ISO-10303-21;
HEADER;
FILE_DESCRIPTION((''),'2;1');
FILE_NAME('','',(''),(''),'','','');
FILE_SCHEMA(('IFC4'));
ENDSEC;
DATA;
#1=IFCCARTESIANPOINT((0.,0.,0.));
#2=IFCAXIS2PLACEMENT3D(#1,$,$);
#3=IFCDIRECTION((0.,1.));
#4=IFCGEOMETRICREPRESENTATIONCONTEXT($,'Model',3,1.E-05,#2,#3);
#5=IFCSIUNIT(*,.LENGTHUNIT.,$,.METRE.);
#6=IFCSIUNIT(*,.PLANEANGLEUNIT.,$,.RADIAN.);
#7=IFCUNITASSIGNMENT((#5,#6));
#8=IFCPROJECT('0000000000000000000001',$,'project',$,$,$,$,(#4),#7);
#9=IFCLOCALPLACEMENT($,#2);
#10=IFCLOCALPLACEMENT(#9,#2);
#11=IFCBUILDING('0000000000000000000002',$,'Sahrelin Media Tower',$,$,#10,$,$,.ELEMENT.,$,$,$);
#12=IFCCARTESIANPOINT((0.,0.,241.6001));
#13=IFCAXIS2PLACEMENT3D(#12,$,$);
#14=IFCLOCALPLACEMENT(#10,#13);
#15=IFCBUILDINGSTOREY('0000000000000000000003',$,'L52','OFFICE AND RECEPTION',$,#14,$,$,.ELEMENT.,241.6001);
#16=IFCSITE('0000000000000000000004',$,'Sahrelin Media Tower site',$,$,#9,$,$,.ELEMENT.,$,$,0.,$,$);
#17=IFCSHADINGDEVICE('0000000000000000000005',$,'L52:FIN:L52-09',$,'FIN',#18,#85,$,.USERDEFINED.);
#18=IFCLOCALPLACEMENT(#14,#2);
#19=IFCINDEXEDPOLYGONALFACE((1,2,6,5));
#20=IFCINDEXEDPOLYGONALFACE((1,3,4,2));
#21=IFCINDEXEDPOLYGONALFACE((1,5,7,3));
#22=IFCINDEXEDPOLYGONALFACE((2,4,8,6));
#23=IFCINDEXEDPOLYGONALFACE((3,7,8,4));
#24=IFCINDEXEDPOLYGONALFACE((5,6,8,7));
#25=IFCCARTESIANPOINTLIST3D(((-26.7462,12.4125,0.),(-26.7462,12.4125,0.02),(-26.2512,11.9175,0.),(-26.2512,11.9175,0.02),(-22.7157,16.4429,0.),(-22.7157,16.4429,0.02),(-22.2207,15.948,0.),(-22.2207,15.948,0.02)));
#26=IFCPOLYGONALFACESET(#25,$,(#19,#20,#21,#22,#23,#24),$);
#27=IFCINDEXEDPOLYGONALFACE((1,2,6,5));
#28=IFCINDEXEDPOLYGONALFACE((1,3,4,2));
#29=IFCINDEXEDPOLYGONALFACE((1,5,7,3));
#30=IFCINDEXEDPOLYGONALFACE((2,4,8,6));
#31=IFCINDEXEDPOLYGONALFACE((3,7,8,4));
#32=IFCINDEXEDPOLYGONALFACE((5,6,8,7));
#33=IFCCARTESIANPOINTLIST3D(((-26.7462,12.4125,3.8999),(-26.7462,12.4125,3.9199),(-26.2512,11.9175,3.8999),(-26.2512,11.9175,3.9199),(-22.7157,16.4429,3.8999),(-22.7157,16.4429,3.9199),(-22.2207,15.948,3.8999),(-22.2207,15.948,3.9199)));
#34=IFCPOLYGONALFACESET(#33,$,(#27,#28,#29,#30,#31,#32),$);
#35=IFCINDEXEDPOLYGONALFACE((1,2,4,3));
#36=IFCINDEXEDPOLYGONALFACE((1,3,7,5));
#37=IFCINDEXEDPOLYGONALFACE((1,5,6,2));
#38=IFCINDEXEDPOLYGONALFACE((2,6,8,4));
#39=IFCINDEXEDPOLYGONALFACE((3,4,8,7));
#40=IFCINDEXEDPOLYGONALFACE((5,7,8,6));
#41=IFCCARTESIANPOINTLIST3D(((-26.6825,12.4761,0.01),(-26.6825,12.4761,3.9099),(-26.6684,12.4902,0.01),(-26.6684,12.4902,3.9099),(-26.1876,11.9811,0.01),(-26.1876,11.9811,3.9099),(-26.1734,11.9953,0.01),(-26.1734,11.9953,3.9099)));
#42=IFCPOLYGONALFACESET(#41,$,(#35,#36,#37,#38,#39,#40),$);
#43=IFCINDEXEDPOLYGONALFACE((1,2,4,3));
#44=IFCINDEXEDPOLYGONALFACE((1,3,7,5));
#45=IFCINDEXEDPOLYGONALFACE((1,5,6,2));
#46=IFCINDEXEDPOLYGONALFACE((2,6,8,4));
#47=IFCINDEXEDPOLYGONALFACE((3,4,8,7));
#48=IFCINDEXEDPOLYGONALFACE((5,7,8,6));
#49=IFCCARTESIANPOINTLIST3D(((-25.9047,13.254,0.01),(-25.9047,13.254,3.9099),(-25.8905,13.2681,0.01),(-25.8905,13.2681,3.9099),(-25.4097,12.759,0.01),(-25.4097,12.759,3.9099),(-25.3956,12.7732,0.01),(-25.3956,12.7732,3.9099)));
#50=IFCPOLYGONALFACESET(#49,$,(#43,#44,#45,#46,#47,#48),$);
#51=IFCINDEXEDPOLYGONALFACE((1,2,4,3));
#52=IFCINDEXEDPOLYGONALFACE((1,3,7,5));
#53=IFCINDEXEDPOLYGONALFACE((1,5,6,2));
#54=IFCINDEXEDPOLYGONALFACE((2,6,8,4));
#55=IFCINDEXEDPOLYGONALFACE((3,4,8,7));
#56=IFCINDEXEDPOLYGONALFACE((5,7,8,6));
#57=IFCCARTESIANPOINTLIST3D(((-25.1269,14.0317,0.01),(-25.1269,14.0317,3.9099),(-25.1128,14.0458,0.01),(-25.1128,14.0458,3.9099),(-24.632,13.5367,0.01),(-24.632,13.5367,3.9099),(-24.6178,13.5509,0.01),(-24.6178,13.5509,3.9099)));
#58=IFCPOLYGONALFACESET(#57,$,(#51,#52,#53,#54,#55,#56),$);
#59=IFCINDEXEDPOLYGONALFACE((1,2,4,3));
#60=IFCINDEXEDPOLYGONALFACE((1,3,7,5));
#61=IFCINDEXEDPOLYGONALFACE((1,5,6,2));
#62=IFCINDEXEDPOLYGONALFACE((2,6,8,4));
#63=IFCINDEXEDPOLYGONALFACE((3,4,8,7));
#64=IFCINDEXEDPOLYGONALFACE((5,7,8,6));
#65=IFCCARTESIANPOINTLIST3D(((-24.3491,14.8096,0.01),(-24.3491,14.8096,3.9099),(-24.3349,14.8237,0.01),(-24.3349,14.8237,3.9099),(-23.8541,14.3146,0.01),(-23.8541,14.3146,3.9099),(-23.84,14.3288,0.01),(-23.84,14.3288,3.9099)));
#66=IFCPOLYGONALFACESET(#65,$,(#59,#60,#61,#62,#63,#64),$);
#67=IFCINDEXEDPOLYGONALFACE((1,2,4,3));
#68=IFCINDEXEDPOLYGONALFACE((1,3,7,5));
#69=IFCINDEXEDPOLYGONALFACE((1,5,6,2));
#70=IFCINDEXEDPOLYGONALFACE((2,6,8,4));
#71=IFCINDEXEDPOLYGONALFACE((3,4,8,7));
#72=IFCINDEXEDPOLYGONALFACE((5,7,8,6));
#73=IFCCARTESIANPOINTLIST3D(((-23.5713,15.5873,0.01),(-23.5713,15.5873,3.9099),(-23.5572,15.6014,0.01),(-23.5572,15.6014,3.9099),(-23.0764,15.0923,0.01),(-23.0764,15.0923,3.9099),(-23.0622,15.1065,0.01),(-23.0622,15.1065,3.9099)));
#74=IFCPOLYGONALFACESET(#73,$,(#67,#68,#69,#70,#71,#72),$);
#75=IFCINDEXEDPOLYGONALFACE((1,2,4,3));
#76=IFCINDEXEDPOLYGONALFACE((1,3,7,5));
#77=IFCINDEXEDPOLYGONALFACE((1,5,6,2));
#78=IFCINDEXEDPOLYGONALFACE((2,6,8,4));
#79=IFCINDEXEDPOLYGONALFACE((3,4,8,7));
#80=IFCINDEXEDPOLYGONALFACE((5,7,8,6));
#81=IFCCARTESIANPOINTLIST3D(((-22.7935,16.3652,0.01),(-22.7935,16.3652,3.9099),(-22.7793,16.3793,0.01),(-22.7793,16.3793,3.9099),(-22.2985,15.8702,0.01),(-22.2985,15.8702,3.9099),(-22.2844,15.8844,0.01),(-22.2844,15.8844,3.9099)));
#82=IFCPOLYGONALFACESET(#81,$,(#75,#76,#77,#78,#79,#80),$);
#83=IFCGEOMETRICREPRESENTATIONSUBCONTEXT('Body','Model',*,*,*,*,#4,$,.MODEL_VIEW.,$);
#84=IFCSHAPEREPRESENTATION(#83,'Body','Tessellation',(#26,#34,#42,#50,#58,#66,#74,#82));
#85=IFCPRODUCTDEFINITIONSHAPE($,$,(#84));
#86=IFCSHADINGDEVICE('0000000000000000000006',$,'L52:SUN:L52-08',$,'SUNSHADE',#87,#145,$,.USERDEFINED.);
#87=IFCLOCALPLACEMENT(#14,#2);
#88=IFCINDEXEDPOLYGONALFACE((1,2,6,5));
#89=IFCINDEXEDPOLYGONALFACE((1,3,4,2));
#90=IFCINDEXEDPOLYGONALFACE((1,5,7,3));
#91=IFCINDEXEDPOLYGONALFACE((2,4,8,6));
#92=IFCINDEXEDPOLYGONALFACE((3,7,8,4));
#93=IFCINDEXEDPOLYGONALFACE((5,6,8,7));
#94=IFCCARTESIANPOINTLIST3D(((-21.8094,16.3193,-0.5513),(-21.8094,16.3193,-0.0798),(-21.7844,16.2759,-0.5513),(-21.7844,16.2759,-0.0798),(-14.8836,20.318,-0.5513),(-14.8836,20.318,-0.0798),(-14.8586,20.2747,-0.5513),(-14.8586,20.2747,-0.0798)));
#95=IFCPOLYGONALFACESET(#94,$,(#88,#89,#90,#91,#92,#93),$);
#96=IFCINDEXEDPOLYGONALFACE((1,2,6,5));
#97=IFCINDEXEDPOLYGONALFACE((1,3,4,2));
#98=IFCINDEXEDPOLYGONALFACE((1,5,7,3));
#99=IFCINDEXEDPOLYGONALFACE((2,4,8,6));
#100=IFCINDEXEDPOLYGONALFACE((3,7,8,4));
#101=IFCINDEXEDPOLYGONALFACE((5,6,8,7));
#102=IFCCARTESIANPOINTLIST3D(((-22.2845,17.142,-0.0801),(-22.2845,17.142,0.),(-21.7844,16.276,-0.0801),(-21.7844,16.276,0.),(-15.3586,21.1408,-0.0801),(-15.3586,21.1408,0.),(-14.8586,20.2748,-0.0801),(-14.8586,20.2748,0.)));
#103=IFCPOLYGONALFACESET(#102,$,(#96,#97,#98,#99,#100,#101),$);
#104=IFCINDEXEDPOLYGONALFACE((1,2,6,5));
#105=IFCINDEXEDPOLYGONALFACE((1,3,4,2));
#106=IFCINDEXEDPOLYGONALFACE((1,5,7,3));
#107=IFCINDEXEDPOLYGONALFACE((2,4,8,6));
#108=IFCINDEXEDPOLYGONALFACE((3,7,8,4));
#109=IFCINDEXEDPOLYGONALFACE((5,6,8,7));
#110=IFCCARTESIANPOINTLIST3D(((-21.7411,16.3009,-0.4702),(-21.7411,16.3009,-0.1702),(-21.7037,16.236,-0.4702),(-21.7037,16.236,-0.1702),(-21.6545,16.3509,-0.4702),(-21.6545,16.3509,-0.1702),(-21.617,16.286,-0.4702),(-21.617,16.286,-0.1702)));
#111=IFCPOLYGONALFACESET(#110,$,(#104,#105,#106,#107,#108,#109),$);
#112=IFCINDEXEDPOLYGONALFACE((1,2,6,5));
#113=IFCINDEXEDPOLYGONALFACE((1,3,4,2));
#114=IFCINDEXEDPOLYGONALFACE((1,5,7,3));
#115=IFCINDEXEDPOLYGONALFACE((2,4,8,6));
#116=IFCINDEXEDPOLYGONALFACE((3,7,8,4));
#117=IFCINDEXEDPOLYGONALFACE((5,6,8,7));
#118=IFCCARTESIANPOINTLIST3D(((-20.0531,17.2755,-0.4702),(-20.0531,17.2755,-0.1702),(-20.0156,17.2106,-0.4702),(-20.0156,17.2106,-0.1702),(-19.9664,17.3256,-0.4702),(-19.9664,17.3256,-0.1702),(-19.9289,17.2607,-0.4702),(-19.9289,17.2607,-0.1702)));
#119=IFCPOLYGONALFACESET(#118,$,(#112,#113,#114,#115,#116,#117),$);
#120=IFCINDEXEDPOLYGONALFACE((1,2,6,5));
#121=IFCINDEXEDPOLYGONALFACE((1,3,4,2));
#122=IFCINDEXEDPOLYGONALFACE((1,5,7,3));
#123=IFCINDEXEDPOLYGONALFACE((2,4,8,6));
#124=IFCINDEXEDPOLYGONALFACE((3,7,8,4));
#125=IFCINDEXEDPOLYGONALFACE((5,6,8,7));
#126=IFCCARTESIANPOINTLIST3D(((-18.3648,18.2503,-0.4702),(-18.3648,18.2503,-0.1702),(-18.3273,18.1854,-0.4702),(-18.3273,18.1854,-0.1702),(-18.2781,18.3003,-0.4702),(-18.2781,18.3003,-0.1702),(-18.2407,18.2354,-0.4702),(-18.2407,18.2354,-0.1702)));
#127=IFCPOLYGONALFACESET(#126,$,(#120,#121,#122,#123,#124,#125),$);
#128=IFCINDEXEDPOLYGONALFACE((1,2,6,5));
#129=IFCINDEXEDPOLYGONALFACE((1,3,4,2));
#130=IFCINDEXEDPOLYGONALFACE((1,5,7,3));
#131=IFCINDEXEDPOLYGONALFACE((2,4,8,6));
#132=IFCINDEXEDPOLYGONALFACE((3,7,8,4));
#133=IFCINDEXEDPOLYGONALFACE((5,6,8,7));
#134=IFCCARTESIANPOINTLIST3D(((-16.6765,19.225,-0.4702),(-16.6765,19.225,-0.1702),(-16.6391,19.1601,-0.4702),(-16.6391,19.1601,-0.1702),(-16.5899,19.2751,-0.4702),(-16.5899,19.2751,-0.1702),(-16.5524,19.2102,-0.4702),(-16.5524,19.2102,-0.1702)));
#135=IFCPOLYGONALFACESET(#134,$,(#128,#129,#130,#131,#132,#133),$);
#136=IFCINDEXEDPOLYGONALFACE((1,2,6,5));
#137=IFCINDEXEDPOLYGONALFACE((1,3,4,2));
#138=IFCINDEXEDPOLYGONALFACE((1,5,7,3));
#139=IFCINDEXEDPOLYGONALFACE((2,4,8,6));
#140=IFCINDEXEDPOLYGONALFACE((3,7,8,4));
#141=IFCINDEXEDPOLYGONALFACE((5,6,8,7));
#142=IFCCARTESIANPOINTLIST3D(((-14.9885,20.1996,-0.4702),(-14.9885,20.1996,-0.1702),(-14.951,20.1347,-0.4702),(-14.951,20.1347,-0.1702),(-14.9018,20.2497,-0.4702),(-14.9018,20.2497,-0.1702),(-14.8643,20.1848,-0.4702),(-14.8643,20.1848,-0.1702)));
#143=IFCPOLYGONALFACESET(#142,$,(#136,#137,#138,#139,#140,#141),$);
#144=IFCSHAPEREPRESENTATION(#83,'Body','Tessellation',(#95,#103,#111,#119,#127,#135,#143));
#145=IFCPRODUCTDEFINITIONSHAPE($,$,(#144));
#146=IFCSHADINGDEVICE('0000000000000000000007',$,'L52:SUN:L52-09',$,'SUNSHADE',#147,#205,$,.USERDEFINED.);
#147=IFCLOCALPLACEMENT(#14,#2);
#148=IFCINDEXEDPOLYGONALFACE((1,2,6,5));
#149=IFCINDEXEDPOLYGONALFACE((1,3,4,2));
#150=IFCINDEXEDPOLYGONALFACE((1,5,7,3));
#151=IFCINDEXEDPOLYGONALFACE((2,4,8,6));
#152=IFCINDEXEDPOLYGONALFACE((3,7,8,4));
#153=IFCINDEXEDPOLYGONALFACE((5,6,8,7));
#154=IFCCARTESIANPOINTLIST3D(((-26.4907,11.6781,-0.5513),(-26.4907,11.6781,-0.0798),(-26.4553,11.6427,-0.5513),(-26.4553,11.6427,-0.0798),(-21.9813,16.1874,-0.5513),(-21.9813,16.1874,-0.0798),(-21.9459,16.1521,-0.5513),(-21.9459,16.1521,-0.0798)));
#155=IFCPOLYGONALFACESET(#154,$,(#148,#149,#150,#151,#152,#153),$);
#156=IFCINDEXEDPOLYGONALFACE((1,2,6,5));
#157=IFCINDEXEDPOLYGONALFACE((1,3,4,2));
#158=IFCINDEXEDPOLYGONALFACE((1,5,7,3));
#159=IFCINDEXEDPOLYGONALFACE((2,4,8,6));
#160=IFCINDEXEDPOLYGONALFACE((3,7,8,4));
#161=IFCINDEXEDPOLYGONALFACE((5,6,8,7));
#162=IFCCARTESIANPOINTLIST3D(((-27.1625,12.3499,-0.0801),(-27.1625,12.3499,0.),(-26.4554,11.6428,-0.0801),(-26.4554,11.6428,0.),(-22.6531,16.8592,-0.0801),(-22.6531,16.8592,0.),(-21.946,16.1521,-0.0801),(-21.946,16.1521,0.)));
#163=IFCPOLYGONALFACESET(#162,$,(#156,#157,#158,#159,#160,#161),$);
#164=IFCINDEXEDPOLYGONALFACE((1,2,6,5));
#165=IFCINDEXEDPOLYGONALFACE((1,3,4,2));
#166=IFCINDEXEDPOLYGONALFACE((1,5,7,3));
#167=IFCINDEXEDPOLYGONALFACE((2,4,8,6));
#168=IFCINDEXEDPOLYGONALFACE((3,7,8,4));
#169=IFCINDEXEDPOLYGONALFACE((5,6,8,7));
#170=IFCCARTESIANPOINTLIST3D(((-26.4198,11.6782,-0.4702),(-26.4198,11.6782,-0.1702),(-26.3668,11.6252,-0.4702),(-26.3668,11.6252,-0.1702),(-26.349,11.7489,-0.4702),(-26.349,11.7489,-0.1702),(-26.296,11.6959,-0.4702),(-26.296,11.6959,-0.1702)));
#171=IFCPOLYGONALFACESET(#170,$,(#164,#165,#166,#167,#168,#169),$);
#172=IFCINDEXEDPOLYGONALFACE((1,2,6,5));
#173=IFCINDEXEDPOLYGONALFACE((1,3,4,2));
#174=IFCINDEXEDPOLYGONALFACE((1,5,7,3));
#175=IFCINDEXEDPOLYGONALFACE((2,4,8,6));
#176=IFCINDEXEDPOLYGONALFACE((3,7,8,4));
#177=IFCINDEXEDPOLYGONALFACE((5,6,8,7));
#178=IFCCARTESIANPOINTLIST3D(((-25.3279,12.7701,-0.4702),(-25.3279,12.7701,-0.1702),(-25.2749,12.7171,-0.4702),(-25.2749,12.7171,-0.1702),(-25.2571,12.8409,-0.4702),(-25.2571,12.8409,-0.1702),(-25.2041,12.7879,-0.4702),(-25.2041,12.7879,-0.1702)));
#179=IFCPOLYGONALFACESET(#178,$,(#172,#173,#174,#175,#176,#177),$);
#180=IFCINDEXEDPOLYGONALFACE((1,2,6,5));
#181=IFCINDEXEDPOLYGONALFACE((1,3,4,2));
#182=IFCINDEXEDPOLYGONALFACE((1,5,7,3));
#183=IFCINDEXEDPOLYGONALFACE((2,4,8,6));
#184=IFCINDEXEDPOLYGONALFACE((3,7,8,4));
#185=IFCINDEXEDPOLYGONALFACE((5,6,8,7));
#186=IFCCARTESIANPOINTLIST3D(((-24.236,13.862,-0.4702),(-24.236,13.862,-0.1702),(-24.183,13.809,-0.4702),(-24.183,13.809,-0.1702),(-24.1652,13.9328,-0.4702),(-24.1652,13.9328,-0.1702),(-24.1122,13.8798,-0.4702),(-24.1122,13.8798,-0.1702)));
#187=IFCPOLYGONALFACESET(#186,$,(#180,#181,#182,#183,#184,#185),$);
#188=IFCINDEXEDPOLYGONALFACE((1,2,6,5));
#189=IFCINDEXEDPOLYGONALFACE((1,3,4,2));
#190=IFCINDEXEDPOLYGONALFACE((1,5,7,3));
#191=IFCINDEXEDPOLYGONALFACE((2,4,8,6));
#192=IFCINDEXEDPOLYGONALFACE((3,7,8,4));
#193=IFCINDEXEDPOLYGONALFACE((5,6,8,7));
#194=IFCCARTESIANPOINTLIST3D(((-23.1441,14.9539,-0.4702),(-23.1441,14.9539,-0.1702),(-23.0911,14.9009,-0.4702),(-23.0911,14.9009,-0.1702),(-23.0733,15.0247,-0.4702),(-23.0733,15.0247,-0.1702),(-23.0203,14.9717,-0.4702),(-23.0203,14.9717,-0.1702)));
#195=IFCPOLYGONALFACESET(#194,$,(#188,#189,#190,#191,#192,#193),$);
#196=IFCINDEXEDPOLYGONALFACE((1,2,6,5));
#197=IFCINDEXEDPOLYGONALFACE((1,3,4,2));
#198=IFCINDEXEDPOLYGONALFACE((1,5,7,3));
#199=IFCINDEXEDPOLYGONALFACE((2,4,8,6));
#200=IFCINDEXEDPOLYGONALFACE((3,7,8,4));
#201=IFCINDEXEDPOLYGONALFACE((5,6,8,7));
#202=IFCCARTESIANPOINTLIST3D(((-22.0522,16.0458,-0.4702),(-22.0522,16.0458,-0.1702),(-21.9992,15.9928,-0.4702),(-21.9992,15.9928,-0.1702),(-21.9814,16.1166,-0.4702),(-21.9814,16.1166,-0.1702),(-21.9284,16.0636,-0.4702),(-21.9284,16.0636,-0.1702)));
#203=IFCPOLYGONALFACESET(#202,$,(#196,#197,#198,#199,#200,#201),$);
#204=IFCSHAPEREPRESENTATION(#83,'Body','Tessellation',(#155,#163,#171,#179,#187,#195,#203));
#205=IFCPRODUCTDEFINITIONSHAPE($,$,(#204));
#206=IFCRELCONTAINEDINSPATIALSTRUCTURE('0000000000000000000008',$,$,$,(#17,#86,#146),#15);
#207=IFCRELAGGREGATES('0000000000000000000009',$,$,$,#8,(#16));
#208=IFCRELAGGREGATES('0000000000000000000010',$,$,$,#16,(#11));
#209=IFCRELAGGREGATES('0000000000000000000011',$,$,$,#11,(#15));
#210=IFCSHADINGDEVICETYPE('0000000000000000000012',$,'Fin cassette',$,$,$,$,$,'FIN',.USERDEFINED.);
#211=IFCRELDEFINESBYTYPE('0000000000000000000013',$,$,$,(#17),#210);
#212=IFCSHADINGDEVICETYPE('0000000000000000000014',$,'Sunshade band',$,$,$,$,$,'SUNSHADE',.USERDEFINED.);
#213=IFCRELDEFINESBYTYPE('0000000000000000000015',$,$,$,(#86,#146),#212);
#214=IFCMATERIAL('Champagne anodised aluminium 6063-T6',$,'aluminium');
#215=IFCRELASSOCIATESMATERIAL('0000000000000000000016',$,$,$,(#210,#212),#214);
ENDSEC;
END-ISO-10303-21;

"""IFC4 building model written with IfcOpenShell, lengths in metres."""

from ifc_helpers import new_model, si_unit, direction, frame, origin, origin_2d, place, context, subcontext, project, spatial, rectangle, extrude, material, type_object, element, save


model = new_model("IFC4")

# Units and contexts
model_context = context("Model", 3, precision=1e-05, world=origin(), true_north=direction((0.0, 1.0)))
body_context = subcontext(model_context, "Body", "Model", "MODEL_VIEW")
ifc_project = project(units=[si_unit("LENGTHUNIT", "METRE"), si_unit("PLANEANGLEUNIT", "RADIAN")], contexts=[model_context])

# Site, building, storey
site_placement = place(None, origin())
site = spatial("IfcSite", under=ifc_project, at=site_placement, Name="Sahrelin Media Tower site", CompositionType="ELEMENT", RefElevation=0.0)
building_placement = place(site_placement, origin())
building = spatial("IfcBuilding", under=site, at=building_placement, Name="Sahrelin Media Tower", CompositionType="ELEMENT")
storey_placement = place(building_placement, frame((0.0, 0.0, 241.6001)))
storey = spatial("IfcBuildingStorey", under=building, at=storey_placement, Name="L52", Description="OFFICE AND RECEPTION", CompositionType="ELEMENT", Elevation=241.6001)

# Shared definitions
ifc_material_1 = material(Name="Champagne anodised aluminium 6063-T6", Category="aluminium")

# Shading devices
shading_device_type_1 = type_object("IfcShadingDeviceType", Name="Fin cassette", ElementType="FIN", PredefinedType="USERDEFINED", material=ifc_material_1)
placement_1 = place(storey_placement, frame((-18.3115, 18.2581, 0.0), z_axis=(0.0, 0.0, 1.0), x_axis=(0.866019, 0.500011, 0.0)))
placement_2 = place(storey_placement, frame((-24.1865, 13.8833, 0.0), z_axis=(0.0, 0.0, 1.0), x_axis=(0.707107, 0.707107, 0.0)))
element("IfcShadingDevice", 1, at=placement_2, inside=storey, type_object=shading_device_type_1, Name="L52:FIN:L52-09", ObjectType="FIN", PredefinedType="USERDEFINED", context=body_context, shape_type="SweptSolid", body=[
    extrude(rectangle(XDim=5.7, YDim=0.7, at=origin_2d()), frame((0.0, 0.4199, 0.0)), (0.0, 0.0, 1.0), 0.02),
    extrude(rectangle(XDim=5.7, YDim=0.7, at=origin_2d()), frame((0.0, 0.4199, 3.8999)), (0.0, 0.0, 1.0), 0.02),
    extrude(rectangle(XDim=0.02, YDim=0.7, at=origin_2d()), frame((-2.75, 0.4199, 0.01), z_axis=(0.0, 0.0, 1.0), x_axis=(1.0, 0.0, 0.0)), (0.0, 0.0, 1.0), 3.8999),
    extrude(rectangle(XDim=0.02, YDim=0.7, at=origin_2d()), frame((-1.6499, 0.4199, 0.01), z_axis=(0.0, 0.0, 1.0), x_axis=(1.0, 0.0, 0.0)), (0.0, 0.0, 1.0), 3.8999),
    extrude(rectangle(XDim=0.02, YDim=0.7, at=origin_2d()), frame((-0.55, 0.4199, 0.01), z_axis=(0.0, 0.0, 1.0), x_axis=(1.0, 0.0, 0.0)), (0.0, 0.0, 1.0), 3.8999),
    extrude(rectangle(XDim=0.02, YDim=0.7, at=origin_2d()), frame((0.55, 0.4199, 0.01), z_axis=(0.0, 0.0, 1.0), x_axis=(1.0, 0.0, 0.0)), (0.0, 0.0, 1.0), 3.8999),
    extrude(rectangle(XDim=0.02, YDim=0.7, at=origin_2d()), frame((1.6499, 0.4199, 0.01), z_axis=(0.0, 0.0, 1.0), x_axis=(1.0, 0.0, 0.0)), (0.0, 0.0, 1.0), 3.8999),
    extrude(rectangle(XDim=0.02, YDim=0.7, at=origin_2d()), frame((2.75, 0.4199, 0.01), z_axis=(0.0, 0.0, 1.0), x_axis=(1.0, 0.0, 0.0)), (0.0, 0.0, 1.0), 3.8999),
])
shading_device_type_2 = type_object("IfcShadingDeviceType", Name="Sunshade band", ElementType="SUNSHADE", PredefinedType="USERDEFINED", material=ifc_material_1)
element("IfcShadingDevice", 2, at=placement_1, inside=storey, type_object=shading_device_type_2, Name="L52:SUN:L52-08", ObjectType="SUNSHADE", PredefinedType="USERDEFINED", context=body_context, shape_type="SweptSolid", body=[
    extrude(rectangle(XDim=7.9973, YDim=0.05, at=origin_2d()), frame((0.0, 0.0449, -0.5513)), (0.0, 0.0, 1.0), 0.4714),
    extrude(rectangle(XDim=7.9973, YDim=1.0, at=origin_2d()), frame((0.0, 0.52, -0.0801)), (0.0, 0.0, 1.0), 0.0801),
    extrude(rectangle(XDim=0.1001, YDim=0.075, at=origin_2d()), frame((-3.8987, -0.0176, -0.4702)), (0.0, 0.0, 1.0), 0.3),
    extrude(rectangle(XDim=0.1001, YDim=0.075, at=origin_2d()), frame((-1.9495, -0.0176, -0.4702)), (0.0, 0.0, 1.0), 0.3),
    extrude(rectangle(XDim=0.1001, YDim=0.075, at=origin_2d()), frame((0.0, -0.0176, -0.4702)), (0.0, 0.0, 1.0), 0.3),
    extrude(rectangle(XDim=0.1001, YDim=0.075, at=origin_2d()), frame((1.9495, -0.0176, -0.4702)), (0.0, 0.0, 1.0), 0.3),
    extrude(rectangle(XDim=0.1001, YDim=0.075, at=origin_2d()), frame((3.8987, -0.0176, -0.4702)), (0.0, 0.0, 1.0), 0.3),
])
element("IfcShadingDevice", 3, at=placement_2, inside=storey, type_object=shading_device_type_2, Name="L52:SUN:L52-09", ObjectType="SUNSHADE", PredefinedType="USERDEFINED", context=body_context, shape_type="SweptSolid", body=[
    extrude(rectangle(XDim=6.3772, YDim=0.05, at=origin_2d()), frame((0.0, 0.0449, -0.5513)), (0.0, 0.0, 1.0), 0.4714),
    extrude(rectangle(XDim=6.3772, YDim=1.0, at=origin_2d()), frame((0.0, 0.52, -0.0801)), (0.0, 0.0, 1.0), 0.0801),
    extrude(rectangle(XDim=0.1001, YDim=0.075, at=origin_2d()), frame((-3.0884, -0.0176, -0.4702)), (0.0, 0.0, 1.0), 0.3),
    extrude(rectangle(XDim=0.1001, YDim=0.075, at=origin_2d()), frame((-1.5442, -0.0176, -0.4702)), (0.0, 0.0, 1.0), 0.3),
    extrude(rectangle(XDim=0.1001, YDim=0.075, at=origin_2d()), frame((0.0, -0.0176, -0.4702)), (0.0, 0.0, 1.0), 0.3),
    extrude(rectangle(XDim=0.1001, YDim=0.075, at=origin_2d()), frame((1.5442, -0.0176, -0.4702)), (0.0, 0.0, 1.0), 0.3),
    extrude(rectangle(XDim=0.1001, YDim=0.075, at=origin_2d()), frame((3.0884, -0.0176, -0.4702)), (0.0, 0.0, 1.0), 0.3),
])

save(model, "model.ifc")
